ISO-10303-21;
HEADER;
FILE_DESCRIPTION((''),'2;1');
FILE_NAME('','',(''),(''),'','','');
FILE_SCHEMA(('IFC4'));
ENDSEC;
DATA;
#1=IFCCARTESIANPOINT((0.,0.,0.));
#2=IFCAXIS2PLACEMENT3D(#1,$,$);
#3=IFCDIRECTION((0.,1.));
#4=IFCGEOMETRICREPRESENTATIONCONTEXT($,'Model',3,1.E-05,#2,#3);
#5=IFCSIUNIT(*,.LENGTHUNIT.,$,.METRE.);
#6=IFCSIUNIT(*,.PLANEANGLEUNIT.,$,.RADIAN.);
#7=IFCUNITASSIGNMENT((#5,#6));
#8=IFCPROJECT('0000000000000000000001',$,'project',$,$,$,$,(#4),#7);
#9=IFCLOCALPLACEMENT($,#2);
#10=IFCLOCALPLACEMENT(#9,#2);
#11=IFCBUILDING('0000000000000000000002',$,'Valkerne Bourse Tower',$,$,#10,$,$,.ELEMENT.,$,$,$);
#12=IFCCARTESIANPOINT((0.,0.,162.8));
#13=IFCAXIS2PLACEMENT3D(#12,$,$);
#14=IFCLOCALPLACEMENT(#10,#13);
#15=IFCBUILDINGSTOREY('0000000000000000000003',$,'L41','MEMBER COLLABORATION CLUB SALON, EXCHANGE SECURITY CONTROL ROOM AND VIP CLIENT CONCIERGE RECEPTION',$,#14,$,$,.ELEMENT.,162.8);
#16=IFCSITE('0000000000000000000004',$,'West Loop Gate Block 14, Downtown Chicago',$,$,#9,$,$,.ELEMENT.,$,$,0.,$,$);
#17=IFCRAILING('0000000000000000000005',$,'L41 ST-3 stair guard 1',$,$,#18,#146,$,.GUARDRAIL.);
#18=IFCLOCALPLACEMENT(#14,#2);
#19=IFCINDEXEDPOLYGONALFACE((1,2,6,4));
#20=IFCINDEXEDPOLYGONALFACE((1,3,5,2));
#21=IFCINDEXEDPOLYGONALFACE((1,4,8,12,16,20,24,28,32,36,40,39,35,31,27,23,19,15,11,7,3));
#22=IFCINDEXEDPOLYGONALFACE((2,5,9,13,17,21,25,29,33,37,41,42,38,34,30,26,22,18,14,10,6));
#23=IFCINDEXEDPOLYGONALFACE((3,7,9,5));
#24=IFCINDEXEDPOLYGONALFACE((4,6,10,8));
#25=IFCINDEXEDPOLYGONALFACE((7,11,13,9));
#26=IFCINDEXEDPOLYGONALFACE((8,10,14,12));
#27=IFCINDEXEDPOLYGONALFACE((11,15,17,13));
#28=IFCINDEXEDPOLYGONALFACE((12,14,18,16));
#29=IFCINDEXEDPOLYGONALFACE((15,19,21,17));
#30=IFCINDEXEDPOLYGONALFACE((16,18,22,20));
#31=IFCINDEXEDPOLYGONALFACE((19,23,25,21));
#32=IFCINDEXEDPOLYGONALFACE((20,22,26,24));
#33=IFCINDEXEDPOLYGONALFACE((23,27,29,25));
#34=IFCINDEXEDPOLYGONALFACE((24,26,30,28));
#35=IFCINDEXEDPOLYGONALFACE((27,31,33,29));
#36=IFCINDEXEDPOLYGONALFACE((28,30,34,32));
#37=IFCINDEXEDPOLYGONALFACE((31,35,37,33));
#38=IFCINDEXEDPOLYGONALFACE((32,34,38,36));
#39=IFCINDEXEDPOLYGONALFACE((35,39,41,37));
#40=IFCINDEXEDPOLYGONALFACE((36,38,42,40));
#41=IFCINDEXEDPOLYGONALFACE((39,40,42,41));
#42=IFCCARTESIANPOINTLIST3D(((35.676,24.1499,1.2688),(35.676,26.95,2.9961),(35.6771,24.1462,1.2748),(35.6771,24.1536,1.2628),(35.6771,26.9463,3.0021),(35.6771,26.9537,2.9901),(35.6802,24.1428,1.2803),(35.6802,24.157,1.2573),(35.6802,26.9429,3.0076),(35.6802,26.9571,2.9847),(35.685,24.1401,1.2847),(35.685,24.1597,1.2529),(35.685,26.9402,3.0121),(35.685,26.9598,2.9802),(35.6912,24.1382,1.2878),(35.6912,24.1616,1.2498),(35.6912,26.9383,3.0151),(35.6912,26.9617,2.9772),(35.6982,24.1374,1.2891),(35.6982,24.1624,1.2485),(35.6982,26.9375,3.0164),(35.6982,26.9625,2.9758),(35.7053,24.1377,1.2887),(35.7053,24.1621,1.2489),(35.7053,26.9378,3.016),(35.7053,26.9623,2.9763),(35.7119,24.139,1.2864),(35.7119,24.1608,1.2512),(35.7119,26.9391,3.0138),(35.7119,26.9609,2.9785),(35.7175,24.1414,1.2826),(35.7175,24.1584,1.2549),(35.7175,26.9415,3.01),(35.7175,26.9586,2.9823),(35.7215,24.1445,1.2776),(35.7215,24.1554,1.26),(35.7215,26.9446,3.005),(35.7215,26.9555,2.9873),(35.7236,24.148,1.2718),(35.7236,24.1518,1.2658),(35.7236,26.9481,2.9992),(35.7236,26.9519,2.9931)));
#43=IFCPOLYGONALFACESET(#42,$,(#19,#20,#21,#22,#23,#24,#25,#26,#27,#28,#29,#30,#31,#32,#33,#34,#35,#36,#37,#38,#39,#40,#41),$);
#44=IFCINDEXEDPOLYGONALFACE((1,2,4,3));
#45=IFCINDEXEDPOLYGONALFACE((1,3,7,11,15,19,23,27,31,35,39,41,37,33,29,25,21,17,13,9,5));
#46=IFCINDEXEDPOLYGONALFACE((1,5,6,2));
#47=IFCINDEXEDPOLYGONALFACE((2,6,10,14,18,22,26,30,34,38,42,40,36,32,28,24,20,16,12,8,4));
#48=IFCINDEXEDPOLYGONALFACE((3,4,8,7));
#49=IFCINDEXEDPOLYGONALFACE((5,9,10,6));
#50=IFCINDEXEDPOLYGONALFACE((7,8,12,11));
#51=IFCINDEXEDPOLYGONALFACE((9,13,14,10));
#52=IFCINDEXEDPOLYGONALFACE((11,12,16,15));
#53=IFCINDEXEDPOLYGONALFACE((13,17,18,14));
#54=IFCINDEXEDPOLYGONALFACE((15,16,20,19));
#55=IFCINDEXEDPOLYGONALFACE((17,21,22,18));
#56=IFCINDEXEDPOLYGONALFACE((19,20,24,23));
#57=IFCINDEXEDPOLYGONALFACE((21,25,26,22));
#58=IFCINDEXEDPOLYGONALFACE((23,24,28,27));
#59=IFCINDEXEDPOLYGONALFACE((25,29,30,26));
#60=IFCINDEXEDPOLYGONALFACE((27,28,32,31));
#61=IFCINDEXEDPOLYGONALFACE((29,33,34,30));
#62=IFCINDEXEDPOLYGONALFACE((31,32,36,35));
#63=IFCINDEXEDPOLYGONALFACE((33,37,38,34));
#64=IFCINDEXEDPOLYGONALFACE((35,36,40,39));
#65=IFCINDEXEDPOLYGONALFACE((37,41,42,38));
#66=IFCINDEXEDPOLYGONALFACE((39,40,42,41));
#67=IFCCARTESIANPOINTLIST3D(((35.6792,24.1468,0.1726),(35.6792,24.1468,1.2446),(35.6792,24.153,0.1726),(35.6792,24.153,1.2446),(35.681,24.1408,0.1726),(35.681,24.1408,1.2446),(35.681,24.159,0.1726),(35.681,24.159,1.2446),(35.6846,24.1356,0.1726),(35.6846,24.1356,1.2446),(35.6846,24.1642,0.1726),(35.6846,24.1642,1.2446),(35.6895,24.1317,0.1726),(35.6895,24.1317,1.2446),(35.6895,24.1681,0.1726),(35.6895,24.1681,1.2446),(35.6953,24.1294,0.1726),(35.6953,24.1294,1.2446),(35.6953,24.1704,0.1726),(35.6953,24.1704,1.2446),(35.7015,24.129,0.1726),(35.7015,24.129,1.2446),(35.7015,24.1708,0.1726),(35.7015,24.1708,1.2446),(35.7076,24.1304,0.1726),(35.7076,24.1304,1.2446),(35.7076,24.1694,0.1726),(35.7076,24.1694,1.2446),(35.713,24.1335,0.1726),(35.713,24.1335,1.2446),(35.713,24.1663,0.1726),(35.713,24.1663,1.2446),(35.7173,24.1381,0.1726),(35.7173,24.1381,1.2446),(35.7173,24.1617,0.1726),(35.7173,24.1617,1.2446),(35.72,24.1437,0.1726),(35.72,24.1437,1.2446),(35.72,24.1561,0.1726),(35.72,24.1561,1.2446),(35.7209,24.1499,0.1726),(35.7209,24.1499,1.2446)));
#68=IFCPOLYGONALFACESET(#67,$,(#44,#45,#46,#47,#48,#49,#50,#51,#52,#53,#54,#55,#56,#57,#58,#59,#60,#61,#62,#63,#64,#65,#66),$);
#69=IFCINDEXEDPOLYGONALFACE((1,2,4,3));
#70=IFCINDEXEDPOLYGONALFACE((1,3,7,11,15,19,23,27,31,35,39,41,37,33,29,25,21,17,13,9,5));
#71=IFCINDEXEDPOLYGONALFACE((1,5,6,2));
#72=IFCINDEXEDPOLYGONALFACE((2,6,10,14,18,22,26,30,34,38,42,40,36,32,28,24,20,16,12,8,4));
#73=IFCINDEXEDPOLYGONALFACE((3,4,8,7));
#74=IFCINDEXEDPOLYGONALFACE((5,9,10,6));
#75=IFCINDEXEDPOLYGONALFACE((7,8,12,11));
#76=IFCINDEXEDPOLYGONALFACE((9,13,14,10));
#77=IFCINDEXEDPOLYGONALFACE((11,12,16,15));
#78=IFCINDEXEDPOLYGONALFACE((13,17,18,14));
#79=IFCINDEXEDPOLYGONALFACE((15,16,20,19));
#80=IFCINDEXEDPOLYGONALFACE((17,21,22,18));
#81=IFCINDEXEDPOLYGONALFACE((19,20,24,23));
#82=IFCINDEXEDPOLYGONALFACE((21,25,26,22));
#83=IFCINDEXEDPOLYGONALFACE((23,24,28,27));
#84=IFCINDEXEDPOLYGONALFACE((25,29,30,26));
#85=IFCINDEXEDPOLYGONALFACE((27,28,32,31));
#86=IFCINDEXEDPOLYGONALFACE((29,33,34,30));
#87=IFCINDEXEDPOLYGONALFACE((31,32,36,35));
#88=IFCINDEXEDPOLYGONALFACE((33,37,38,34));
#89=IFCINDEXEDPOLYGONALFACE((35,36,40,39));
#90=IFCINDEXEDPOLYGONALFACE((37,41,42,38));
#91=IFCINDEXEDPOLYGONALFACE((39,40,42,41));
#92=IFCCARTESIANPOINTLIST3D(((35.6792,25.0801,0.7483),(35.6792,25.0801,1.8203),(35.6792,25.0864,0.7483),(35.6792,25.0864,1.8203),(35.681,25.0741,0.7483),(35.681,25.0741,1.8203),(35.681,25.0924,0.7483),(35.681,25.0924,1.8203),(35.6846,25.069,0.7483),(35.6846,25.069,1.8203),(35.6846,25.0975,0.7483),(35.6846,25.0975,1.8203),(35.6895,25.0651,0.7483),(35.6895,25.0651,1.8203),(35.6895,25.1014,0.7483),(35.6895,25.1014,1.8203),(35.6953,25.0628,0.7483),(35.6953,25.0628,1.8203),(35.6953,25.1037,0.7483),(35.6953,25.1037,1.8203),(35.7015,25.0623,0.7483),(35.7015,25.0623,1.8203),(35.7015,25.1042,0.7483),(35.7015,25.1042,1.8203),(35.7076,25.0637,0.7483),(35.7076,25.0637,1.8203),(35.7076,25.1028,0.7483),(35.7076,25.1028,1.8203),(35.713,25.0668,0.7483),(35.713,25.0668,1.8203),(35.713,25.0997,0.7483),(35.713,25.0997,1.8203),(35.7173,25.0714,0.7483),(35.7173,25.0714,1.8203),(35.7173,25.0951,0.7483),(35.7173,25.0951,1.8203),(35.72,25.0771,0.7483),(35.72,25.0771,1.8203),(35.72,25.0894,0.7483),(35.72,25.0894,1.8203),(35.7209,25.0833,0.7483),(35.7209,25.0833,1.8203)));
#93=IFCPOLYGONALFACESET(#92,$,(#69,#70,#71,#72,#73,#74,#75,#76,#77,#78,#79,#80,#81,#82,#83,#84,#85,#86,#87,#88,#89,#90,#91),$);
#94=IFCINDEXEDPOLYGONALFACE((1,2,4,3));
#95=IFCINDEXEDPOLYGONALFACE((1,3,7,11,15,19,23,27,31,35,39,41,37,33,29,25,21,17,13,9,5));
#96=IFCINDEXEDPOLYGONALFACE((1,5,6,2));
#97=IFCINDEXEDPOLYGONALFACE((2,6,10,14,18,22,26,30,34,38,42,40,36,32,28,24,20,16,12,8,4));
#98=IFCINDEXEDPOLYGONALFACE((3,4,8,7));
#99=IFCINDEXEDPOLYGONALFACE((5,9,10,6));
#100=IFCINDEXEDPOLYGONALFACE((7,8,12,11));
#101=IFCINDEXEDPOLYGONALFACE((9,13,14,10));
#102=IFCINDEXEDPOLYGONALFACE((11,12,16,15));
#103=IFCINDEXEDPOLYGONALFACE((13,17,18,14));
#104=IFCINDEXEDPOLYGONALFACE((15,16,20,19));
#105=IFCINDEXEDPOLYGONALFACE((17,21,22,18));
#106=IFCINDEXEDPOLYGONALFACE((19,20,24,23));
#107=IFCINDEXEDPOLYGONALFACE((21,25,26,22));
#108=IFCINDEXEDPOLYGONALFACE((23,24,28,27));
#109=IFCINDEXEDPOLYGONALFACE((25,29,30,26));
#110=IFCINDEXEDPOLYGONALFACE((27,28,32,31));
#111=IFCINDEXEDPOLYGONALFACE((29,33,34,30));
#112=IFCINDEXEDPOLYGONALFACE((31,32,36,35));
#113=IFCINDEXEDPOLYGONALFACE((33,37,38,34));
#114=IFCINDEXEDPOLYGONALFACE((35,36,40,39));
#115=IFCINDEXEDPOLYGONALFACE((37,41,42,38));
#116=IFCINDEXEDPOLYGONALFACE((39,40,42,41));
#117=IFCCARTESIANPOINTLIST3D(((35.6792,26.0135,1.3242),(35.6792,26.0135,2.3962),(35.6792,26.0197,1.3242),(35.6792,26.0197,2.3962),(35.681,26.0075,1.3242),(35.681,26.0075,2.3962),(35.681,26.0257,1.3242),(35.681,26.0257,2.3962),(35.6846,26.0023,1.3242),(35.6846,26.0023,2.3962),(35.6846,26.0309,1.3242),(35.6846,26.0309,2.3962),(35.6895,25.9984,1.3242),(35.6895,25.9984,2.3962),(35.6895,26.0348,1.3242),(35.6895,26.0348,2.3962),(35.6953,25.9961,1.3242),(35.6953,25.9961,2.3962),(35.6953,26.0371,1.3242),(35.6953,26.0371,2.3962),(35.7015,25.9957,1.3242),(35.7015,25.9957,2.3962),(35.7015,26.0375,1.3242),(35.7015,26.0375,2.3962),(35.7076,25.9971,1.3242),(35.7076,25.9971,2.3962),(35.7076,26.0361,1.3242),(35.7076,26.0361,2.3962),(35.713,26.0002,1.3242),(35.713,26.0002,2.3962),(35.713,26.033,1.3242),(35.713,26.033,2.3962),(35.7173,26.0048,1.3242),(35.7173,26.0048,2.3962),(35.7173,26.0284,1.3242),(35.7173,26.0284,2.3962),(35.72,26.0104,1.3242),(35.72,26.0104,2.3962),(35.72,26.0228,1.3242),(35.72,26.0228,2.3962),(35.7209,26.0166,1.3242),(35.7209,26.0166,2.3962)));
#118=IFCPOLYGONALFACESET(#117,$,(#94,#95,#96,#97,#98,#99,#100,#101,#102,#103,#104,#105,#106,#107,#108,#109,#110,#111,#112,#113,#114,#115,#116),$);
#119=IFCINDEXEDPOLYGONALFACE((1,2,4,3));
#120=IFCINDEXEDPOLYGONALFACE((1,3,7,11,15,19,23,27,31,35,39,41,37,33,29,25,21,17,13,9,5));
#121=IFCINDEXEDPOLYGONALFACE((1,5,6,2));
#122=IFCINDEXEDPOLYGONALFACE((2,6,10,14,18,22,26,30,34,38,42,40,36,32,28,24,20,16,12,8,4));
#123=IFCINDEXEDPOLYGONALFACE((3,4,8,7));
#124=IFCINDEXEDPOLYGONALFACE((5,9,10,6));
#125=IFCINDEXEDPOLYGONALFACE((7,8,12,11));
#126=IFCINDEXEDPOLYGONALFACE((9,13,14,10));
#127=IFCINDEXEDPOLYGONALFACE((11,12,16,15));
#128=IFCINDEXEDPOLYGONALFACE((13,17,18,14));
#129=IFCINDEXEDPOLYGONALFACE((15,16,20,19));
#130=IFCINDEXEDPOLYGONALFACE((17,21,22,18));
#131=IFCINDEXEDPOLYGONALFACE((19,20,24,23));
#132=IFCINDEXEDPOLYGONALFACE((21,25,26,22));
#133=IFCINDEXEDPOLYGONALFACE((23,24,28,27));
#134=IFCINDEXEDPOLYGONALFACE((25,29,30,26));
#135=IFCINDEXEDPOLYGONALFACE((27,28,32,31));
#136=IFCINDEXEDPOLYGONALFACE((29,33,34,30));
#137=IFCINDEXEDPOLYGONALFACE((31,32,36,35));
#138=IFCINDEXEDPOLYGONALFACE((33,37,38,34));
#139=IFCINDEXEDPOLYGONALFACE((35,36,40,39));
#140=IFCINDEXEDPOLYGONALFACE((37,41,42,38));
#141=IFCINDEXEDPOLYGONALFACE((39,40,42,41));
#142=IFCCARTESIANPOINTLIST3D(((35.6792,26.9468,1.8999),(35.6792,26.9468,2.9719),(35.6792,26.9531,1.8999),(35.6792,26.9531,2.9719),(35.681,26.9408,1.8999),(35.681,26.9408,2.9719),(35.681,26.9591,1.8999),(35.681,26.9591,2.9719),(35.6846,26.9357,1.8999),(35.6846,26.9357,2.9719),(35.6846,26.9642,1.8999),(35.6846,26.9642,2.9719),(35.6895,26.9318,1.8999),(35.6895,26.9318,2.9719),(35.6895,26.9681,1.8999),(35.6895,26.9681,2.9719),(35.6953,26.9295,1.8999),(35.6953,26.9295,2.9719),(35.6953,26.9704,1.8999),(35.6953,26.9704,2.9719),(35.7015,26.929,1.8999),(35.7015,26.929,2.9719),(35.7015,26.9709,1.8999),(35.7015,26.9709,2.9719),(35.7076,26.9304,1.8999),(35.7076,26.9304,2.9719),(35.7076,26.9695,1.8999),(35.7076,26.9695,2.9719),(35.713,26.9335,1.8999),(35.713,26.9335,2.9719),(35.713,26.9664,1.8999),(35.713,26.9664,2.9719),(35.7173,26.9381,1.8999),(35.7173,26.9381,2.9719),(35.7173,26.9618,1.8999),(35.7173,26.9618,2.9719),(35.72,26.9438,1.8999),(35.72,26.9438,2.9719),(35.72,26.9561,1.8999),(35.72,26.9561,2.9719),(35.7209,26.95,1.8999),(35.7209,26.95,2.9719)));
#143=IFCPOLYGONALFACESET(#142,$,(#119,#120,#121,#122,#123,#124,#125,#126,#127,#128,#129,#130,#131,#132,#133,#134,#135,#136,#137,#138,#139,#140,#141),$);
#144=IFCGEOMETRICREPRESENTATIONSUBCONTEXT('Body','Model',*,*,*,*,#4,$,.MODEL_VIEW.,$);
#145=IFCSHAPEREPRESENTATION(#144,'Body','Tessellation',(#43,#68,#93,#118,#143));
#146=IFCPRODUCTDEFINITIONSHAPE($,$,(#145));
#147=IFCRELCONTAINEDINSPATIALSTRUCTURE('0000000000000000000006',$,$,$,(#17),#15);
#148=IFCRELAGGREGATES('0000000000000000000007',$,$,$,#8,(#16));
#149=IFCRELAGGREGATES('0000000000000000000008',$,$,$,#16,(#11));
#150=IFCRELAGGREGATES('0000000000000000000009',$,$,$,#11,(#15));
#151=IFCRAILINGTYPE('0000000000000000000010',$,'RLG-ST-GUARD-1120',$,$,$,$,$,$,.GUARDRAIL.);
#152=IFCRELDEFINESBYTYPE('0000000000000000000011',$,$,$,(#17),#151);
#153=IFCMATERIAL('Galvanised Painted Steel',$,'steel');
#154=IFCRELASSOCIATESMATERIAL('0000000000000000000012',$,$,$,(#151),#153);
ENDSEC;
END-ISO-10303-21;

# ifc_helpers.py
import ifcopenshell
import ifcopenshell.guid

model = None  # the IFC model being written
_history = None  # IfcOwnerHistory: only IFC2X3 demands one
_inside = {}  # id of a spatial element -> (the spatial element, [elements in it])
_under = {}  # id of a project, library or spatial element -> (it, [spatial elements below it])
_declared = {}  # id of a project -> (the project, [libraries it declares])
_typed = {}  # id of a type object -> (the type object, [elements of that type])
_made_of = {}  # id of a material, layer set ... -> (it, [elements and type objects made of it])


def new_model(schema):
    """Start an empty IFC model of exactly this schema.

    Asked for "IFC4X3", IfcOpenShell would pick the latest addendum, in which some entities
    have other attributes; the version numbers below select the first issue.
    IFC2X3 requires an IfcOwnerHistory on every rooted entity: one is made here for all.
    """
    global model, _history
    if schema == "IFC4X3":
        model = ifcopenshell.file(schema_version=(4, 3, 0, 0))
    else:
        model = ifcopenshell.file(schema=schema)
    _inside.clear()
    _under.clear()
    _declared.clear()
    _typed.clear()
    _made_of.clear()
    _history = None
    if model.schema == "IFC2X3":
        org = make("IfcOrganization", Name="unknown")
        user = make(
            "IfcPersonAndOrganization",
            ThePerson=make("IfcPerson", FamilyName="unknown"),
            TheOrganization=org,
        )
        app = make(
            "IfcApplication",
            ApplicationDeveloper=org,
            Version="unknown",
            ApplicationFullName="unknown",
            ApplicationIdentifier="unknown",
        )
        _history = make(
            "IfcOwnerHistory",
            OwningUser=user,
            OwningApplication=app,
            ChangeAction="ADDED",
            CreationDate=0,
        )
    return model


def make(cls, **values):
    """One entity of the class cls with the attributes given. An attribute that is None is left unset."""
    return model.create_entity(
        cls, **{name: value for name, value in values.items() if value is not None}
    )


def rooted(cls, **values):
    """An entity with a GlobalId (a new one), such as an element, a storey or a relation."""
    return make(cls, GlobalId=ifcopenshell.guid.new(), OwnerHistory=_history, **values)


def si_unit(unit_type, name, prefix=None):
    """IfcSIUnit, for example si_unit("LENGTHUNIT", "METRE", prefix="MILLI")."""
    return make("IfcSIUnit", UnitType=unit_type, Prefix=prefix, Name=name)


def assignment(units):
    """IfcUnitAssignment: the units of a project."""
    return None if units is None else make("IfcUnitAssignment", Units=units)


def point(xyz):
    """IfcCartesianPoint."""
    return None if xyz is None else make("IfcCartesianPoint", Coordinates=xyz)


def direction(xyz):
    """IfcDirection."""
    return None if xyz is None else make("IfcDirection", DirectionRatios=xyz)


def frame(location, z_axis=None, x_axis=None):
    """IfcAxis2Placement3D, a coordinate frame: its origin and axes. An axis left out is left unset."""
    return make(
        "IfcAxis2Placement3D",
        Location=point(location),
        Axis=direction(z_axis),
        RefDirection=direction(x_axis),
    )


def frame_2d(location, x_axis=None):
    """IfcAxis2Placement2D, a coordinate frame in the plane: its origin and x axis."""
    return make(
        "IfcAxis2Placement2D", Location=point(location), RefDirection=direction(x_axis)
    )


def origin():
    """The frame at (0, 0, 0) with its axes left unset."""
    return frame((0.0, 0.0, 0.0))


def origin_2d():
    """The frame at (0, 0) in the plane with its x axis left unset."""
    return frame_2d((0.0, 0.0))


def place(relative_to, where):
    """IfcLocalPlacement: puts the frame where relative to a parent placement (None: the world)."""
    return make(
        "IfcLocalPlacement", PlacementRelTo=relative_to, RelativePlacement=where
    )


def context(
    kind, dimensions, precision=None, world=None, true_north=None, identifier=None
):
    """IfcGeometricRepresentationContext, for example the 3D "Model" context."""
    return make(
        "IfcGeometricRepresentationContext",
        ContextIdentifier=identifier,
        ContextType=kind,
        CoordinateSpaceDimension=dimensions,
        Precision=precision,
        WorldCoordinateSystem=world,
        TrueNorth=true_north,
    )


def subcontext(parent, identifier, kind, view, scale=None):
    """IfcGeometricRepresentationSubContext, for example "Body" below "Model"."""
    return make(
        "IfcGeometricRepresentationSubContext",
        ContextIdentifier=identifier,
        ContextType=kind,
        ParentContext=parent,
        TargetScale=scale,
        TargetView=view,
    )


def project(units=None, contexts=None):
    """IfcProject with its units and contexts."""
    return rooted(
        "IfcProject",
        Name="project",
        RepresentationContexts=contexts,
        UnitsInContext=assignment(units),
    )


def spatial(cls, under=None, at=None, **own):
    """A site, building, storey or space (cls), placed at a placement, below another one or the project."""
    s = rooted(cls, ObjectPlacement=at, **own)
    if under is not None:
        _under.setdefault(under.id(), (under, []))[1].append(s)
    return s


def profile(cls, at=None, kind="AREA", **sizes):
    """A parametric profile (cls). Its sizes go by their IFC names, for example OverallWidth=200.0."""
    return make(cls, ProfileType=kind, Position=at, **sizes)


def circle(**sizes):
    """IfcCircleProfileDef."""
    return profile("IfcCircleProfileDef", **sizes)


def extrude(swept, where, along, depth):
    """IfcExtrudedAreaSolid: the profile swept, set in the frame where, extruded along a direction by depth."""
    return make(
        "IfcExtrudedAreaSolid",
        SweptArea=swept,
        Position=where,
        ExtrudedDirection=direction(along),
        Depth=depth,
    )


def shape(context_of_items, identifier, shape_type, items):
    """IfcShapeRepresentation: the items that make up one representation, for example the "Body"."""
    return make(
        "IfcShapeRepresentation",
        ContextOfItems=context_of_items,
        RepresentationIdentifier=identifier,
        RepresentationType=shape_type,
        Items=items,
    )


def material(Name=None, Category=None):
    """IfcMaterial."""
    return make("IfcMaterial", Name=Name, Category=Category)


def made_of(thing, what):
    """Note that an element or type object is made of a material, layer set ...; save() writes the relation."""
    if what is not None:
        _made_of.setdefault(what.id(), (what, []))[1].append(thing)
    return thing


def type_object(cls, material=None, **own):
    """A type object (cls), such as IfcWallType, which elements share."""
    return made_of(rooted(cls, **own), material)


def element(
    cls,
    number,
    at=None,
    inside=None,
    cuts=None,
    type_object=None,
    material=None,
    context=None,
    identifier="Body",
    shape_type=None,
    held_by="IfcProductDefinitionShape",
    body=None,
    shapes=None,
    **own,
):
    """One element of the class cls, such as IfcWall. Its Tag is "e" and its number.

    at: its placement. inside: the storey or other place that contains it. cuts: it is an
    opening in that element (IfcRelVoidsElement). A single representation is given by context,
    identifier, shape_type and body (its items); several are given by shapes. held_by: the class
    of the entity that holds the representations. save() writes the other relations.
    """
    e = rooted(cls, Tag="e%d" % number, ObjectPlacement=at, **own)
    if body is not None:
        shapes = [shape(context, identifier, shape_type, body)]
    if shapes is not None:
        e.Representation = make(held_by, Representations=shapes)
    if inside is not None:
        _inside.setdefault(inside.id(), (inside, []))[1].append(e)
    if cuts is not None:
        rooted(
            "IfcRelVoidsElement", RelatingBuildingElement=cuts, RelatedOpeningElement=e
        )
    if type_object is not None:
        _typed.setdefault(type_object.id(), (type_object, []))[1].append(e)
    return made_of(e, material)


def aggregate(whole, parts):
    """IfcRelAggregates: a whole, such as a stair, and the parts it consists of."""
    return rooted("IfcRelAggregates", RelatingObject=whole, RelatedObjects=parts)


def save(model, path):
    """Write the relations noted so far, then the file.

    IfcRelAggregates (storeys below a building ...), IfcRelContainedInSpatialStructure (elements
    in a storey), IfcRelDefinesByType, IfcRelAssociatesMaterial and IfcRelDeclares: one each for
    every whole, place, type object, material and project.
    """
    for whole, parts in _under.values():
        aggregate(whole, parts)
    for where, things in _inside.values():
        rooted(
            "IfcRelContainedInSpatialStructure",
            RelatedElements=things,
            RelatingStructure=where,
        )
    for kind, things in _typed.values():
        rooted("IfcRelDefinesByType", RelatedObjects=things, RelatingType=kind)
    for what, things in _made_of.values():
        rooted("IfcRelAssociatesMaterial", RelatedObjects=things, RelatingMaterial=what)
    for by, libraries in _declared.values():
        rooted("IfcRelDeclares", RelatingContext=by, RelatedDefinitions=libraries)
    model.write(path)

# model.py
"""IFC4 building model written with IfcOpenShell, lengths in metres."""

from ifc_helpers import new_model, si_unit, direction, frame, origin, origin_2d, place, context, subcontext, project, spatial, circle, extrude, material, type_object, element, save


model = new_model("IFC4")

# Units and contexts
model_context = context("Model", 3, precision=1e-05, world=origin(), true_north=direction((0.0, 1.0)))
body_context = subcontext(model_context, "Body", "Model", "MODEL_VIEW")
ifc_project = project(units=[si_unit("LENGTHUNIT", "METRE"), si_unit("PLANEANGLEUNIT", "RADIAN")], contexts=[model_context])

# Site, building, storey
site_placement = place(None, origin())
site = spatial("IfcSite", under=ifc_project, at=site_placement, Name="West Loop Gate Block 14, Downtown Chicago", CompositionType="ELEMENT", RefElevation=0.0)
building_placement = place(site_placement, origin())
building = spatial("IfcBuilding", under=site, at=building_placement, Name="Valkerne Bourse Tower", CompositionType="ELEMENT")
storey_placement = place(building_placement, frame((0.0, 0.0, 162.8)))
storey = spatial("IfcBuildingStorey", under=building, at=storey_placement, Name="L41", Description="MEMBER COLLABORATION CLUB SALON, EXCHANGE SECURITY CONTROL ROOM AND VIP CLIENT CONCIERGE RECEPTION", CompositionType="ELEMENT", Elevation=162.8)

# Railing
ifc_material_1 = material(Name="Galvanised Painted Steel", Category="steel")
railing_type_1 = type_object("IfcRailingType", Name="RLG-ST-GUARD-1120", PredefinedType="GUARDRAIL", material=ifc_material_1)
railing_1_placement = place(storey_placement, frame((35.7, 24.1499, 0.1726)))
element("IfcRailing", 1, at=railing_1_placement, inside=storey, type_object=railing_type_1, Name="L41 ST-3 stair guard 1", PredefinedType="GUARDRAIL", context=body_context, shape_type="SweptSolid", body=[
    extrude(circle(Radius=0.0239, at=origin_2d()), frame((0.0, 0.0, 1.0962), z_axis=(0.0, 0.85109, 0.52502), x_axis=(-1.0, 0.0, 0.0)), (0.0, 0.0, 1.0), 3.29),
    extrude(circle(Radius=0.021, at=origin_2d()), origin(), (0.0, 0.0, 1.0), 1.072),
    extrude(circle(Radius=0.021, at=origin_2d()), frame((0.0, 0.9333, 0.5757)), (0.0, 0.0, 1.0), 1.072),
    extrude(circle(Radius=0.021, at=origin_2d()), frame((0.0, 1.8667, 1.1516)), (0.0, 0.0, 1.0), 1.072),
    extrude(circle(Radius=0.021, at=origin_2d()), frame((0.0, 2.8, 1.7273)), (0.0, 0.0, 1.0), 1.072),
])

save(model, "model.ifc")
